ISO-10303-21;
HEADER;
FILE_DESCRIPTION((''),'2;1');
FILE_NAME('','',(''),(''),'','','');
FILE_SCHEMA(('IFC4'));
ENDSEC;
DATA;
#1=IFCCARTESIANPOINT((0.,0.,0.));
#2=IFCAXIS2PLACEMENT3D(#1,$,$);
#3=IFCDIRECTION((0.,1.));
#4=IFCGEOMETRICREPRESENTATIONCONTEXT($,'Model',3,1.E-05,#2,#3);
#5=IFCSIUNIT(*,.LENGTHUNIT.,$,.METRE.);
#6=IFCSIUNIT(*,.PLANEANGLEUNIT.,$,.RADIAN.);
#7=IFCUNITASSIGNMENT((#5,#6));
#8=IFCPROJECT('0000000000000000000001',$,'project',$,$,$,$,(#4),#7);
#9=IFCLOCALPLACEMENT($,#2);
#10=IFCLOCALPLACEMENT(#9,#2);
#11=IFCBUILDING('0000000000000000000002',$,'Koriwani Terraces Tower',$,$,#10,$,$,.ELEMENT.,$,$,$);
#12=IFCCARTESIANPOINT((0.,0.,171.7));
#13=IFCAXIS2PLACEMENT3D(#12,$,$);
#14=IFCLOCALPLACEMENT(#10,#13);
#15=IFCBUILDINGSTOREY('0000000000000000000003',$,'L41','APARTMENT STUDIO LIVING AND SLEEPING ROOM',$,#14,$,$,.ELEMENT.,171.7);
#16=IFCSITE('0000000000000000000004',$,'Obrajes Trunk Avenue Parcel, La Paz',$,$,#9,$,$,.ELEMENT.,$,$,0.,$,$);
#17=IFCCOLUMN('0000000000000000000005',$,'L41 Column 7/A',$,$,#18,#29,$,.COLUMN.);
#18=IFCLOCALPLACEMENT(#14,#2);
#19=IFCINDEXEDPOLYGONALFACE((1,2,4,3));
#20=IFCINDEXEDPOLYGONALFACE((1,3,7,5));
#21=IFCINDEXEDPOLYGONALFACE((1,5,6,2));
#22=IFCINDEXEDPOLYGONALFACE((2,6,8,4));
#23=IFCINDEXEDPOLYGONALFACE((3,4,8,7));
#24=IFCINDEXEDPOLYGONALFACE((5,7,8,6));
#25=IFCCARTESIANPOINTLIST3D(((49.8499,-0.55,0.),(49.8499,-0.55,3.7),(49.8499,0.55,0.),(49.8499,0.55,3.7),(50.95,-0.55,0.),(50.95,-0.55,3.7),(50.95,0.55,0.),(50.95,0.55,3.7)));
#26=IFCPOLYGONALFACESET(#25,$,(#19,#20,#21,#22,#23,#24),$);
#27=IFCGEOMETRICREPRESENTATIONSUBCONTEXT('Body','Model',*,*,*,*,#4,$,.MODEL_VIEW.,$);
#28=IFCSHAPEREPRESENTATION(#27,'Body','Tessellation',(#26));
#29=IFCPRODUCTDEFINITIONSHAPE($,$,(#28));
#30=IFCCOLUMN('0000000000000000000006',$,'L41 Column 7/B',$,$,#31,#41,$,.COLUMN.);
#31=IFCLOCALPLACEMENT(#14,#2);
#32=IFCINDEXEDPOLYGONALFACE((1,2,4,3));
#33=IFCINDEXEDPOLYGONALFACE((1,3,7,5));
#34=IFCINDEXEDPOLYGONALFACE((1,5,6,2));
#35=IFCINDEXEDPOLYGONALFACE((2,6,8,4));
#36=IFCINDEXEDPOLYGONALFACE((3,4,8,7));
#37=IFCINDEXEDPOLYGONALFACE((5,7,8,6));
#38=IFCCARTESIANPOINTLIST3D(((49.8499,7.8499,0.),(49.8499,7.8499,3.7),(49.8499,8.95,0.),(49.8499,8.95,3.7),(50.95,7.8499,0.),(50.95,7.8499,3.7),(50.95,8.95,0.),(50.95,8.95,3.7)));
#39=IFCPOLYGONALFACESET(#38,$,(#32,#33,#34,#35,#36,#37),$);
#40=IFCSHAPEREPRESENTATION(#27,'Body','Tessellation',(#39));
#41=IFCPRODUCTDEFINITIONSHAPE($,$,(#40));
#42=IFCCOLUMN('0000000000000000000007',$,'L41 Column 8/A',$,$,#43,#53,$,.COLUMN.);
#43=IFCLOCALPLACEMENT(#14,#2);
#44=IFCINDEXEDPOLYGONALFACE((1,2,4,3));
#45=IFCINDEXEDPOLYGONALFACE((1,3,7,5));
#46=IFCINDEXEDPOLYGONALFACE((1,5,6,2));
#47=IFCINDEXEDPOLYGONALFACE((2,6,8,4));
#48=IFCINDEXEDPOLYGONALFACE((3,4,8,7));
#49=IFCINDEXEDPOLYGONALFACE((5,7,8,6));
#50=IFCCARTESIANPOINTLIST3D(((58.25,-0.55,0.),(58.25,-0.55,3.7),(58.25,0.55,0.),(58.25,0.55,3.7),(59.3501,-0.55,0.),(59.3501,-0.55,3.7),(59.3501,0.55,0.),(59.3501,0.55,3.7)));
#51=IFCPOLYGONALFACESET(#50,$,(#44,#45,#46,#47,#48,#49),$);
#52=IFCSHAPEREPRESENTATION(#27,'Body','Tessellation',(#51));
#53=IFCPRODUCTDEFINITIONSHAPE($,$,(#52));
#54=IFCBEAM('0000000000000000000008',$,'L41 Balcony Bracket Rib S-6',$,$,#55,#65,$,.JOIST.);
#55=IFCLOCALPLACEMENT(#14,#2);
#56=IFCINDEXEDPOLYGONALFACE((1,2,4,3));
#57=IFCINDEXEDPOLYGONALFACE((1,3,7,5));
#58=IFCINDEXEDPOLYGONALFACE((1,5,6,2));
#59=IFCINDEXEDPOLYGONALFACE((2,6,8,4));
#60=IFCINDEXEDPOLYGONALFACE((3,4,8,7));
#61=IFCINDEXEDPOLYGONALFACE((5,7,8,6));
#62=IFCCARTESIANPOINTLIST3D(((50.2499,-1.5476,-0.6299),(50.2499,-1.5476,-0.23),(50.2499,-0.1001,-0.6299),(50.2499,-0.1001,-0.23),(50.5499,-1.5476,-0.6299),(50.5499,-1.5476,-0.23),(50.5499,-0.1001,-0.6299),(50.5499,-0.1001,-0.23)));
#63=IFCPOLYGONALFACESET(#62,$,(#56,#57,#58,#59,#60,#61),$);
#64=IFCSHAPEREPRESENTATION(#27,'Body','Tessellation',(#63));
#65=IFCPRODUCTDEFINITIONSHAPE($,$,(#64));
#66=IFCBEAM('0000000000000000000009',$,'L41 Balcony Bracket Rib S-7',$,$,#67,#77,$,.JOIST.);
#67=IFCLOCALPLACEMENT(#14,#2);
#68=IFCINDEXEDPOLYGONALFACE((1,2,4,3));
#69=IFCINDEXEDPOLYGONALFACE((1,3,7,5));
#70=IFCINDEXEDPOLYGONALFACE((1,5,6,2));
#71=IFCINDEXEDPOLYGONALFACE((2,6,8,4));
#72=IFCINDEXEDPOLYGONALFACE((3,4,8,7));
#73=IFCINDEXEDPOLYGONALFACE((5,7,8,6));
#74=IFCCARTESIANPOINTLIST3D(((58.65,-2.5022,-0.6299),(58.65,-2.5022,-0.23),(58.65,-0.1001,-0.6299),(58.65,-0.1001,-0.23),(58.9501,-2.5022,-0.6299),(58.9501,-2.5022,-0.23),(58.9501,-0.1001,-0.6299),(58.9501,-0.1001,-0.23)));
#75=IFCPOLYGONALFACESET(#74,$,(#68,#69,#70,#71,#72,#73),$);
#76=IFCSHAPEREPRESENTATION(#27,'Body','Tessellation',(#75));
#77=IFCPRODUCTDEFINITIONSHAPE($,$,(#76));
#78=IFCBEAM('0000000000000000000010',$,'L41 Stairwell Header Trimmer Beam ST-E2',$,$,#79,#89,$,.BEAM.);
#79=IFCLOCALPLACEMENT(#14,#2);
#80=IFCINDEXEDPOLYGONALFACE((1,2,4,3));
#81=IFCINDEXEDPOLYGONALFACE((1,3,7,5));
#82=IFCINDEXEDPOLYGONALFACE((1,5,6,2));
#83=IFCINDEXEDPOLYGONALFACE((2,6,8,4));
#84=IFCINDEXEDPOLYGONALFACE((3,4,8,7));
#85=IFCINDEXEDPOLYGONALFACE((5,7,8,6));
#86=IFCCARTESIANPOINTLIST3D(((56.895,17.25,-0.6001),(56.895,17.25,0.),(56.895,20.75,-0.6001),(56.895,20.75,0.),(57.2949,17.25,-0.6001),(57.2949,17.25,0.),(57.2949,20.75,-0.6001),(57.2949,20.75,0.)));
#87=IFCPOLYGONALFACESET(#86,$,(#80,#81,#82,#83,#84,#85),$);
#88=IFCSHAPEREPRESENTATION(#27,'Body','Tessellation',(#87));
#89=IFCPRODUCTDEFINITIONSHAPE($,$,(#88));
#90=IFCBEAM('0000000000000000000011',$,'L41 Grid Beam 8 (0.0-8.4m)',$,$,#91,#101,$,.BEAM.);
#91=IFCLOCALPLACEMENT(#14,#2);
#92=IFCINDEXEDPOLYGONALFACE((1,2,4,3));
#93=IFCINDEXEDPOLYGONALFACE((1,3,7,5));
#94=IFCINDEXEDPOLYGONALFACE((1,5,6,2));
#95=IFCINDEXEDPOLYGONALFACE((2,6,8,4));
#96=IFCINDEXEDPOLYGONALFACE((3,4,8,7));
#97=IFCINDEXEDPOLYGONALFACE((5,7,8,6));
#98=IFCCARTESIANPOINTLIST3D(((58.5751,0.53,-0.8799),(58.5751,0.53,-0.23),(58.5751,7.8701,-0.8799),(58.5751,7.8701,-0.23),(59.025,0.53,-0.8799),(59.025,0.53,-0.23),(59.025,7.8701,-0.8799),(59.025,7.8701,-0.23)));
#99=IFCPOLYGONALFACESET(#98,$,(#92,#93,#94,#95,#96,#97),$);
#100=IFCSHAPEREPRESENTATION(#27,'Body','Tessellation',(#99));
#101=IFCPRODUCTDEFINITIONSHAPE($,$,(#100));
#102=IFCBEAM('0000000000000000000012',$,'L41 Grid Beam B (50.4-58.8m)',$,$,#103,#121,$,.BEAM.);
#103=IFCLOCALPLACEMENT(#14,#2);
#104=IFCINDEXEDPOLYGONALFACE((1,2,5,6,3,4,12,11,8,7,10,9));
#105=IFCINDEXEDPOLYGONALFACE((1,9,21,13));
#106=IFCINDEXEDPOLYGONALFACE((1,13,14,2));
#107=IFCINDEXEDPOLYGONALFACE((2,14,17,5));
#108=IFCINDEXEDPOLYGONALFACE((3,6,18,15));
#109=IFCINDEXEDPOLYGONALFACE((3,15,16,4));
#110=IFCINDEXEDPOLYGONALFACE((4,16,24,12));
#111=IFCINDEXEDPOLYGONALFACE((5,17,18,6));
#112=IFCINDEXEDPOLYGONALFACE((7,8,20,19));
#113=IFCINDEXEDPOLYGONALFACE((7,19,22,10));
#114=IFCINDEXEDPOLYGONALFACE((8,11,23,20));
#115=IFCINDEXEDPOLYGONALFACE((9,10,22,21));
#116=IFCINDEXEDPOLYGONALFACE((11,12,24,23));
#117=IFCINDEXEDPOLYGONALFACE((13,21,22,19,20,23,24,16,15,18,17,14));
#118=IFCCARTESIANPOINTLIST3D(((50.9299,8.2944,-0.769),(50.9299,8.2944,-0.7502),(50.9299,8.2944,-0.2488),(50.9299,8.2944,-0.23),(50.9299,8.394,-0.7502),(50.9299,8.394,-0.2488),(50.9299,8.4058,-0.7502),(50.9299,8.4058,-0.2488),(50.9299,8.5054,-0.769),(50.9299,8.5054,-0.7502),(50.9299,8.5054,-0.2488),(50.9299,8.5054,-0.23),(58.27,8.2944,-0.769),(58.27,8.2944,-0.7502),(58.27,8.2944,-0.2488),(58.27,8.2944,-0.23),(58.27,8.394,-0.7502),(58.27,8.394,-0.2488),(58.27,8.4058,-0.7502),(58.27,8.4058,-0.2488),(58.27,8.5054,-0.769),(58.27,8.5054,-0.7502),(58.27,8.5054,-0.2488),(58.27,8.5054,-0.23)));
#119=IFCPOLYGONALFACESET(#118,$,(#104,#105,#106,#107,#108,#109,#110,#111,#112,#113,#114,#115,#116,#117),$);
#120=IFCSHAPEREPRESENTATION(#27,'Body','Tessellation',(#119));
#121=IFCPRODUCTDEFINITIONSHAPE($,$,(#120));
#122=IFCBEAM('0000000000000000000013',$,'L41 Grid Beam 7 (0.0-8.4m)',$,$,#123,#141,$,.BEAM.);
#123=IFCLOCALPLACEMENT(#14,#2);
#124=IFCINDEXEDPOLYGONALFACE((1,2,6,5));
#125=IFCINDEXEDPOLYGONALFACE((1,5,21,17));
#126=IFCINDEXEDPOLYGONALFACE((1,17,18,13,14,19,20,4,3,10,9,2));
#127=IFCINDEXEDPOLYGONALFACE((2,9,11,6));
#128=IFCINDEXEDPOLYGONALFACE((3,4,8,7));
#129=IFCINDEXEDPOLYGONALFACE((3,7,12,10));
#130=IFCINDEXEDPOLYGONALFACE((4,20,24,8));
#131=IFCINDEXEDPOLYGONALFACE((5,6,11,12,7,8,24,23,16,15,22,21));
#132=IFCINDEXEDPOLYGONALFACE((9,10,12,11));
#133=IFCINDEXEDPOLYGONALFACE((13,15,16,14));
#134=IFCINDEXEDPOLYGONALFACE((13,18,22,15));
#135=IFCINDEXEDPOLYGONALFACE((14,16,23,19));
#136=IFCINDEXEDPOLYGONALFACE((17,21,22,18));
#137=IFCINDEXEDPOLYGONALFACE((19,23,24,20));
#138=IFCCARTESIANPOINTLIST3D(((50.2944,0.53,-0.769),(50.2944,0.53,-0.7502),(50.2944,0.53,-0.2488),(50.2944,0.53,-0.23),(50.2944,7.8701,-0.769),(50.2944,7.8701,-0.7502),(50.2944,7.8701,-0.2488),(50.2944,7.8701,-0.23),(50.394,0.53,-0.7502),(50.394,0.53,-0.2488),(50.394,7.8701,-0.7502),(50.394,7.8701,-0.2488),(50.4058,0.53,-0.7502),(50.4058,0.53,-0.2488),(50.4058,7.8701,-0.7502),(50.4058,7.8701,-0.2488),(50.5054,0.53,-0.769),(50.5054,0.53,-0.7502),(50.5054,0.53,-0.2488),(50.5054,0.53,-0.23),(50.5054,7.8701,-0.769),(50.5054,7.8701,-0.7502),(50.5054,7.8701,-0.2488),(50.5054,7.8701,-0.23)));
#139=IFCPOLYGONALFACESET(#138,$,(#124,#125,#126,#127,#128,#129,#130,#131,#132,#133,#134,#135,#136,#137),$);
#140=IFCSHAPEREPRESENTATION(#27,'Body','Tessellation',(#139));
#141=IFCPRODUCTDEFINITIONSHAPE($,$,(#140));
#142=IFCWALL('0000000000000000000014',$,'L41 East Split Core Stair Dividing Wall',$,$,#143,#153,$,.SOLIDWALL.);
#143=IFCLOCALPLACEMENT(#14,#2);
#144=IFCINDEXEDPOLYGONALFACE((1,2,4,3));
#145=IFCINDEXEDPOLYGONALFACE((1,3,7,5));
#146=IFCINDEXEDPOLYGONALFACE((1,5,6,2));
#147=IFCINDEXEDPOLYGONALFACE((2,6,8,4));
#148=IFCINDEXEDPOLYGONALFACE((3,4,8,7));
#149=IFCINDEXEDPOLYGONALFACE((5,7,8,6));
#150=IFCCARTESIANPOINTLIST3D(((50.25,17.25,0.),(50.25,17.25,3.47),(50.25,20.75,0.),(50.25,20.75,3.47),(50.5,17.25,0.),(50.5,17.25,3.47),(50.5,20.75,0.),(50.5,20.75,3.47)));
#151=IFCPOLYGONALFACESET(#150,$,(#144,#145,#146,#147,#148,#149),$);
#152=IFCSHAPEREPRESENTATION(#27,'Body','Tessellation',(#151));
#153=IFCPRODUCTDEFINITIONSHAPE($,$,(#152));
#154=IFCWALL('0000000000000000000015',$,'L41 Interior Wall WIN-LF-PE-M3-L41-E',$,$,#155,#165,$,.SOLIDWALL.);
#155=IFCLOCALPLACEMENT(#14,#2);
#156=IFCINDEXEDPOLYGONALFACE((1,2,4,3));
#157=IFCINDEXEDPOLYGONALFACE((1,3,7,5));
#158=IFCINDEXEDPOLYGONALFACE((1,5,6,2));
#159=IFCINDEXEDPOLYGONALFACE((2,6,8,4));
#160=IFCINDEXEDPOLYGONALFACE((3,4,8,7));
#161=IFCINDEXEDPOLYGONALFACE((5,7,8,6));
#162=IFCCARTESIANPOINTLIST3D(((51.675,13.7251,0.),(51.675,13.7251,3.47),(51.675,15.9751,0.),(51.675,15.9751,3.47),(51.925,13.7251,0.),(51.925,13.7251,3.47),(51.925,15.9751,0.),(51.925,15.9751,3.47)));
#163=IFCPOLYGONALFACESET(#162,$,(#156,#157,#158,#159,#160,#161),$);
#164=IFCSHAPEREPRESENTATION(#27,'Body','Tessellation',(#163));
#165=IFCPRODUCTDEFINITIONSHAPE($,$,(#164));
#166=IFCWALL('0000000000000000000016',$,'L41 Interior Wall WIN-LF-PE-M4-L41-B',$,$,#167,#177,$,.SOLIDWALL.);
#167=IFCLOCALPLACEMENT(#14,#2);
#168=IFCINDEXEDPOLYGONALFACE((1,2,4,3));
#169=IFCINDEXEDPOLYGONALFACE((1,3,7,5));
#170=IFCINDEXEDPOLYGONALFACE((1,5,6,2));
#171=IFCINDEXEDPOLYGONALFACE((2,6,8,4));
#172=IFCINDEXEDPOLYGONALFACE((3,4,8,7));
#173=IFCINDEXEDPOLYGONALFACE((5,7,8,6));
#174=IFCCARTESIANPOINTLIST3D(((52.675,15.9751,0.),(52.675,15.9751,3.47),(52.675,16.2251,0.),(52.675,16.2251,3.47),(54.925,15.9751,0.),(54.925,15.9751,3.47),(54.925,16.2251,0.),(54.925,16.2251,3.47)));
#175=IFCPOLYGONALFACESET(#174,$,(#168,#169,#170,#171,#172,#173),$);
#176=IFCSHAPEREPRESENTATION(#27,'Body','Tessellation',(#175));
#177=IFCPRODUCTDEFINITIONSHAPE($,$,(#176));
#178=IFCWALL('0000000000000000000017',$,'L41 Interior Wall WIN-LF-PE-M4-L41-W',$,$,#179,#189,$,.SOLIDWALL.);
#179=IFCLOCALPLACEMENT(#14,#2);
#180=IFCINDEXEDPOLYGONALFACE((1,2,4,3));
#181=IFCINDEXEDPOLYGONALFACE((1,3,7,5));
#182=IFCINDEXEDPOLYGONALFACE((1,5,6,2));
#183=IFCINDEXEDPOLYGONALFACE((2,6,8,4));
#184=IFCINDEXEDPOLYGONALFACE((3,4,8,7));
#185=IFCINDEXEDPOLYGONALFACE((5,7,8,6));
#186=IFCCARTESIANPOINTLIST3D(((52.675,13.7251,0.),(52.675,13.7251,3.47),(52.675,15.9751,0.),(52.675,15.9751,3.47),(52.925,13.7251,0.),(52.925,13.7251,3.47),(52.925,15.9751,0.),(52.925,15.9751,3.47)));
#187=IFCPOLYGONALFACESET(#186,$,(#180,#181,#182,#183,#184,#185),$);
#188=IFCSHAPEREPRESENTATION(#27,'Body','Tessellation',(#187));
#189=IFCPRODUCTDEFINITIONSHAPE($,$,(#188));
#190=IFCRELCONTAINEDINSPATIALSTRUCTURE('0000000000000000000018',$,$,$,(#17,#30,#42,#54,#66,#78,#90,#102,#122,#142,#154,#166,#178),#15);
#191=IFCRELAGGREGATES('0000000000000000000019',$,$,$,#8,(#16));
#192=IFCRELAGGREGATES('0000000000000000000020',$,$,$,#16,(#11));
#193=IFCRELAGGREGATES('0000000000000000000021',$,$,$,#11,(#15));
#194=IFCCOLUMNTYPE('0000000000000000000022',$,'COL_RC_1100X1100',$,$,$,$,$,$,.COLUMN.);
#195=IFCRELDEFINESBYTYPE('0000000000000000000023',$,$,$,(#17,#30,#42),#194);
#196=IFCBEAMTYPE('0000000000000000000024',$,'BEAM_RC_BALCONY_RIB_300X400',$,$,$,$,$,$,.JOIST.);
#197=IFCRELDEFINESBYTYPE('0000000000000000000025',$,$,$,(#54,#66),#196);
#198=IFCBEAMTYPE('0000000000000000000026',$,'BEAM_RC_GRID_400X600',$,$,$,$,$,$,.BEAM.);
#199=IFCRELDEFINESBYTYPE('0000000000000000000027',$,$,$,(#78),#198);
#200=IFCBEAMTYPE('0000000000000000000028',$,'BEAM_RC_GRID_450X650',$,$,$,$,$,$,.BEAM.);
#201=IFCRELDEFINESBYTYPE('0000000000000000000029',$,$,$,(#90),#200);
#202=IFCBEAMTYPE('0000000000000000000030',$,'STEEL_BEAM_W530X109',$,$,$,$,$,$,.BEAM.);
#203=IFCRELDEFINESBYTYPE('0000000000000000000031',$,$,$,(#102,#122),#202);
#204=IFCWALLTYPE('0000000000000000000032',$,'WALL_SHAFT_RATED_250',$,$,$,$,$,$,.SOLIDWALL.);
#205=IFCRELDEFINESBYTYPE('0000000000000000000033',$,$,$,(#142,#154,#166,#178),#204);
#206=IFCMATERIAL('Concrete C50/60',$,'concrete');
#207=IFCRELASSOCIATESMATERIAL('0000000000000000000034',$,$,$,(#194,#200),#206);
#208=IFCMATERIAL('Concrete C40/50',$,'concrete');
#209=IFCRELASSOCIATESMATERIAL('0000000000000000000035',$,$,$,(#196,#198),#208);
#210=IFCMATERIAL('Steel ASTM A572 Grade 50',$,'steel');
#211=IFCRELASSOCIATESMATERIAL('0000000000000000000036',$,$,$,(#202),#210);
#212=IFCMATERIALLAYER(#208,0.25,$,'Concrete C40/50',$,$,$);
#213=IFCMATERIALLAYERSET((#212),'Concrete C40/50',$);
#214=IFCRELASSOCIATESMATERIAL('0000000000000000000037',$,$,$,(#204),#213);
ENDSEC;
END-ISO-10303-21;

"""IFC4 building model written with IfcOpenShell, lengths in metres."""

from ifc_helpers import new_model, si_unit, direction, frame, frame_2d, origin, origin_2d, place, context, subcontext, project, spatial, rectangle, i_section, extrude, material, layer, layer_set, material_profile, profile_set, type_object, element, save


model = new_model("IFC4")

# Units and contexts
model_context = context("Model", 3, precision=1e-05, world=origin(), true_north=direction((0.0, 1.0)))
body_context = subcontext(model_context, "Body", "Model", "MODEL_VIEW")
ifc_project = project(units=[si_unit("LENGTHUNIT", "METRE"), si_unit("PLANEANGLEUNIT", "RADIAN")], contexts=[model_context])

# Site, building, storey
site_placement = place(None, origin())
site = spatial("IfcSite", under=ifc_project, at=site_placement, Name="Obrajes Trunk Avenue Parcel, La Paz", CompositionType="ELEMENT", RefElevation=0.0)
building_placement = place(site_placement, origin())
building = spatial("IfcBuilding", under=site, at=building_placement, Name="Koriwani Terraces Tower", CompositionType="ELEMENT")
storey_placement = place(building_placement, frame((0.0, 0.0, 171.7)))
storey = spatial("IfcBuildingStorey", under=building, at=storey_placement, Name="L41", Description="APARTMENT STUDIO LIVING AND SLEEPING ROOM", CompositionType="ELEMENT", Elevation=171.7)

# Columns
ifc_material_1 = material(Name="Concrete C50/60", Category="concrete")
ifc_material_profile_1 = material_profile(ifc_material_1, rectangle(XDim=1.1001, YDim=1.1001, at=origin_2d()), Name="Concrete C50/60", Category="LoadBearing")
ifc_profile_set_1 = profile_set([ifc_material_profile_1], Name="Concrete C50/60")
column_type = type_object("IfcColumnType", Name="COL_RC_1100X1100", PredefinedType="COLUMN", material=ifc_profile_set_1)
for number, where, z_axis, x_axis, name in (
    (1, (50.3999, 0.0, 0.0), (0.0, 0.0, 1.0), (1.0, 0.0, 0.0), "L41 Column 7/A"),
    (2, (50.3999, 8.3999, 0.0), (0.0, 0.0, 1.0), (1.0, 0.0, 0.0), "L41 Column 7/B"),
    (3, (58.8, 0.0, 0.0), (0.0, 0.0, 1.0), (1.0, 0.0, 0.0), "L41 Column 8/A"),
):
    element("IfcColumn", number, at=place(storey_placement, frame(where, z_axis=z_axis, x_axis=x_axis)), inside=storey, type_object=column_type, Name=name, PredefinedType="COLUMN", context=body_context, shape_type="SweptSolid", body=[
        extrude(rectangle(XDim=1.1001, YDim=1.1001, at=origin_2d()), origin(), (0.0, 0.0, 1.0), 3.7),
    ])

# Beams
ifc_material_2 = material(Name="Concrete C40/50", Category="concrete")
ifc_material_profile_2 = material_profile(ifc_material_2, rectangle(XDim=0.3, YDim=0.3999, at=origin_2d()), Name="Concrete C40/50", Category="LoadBearing")
ifc_profile_set_2 = profile_set([ifc_material_profile_2], Name="Concrete C40/50")
beam_type_1 = type_object("IfcBeamType", Name="BEAM_RC_BALCONY_RIB_300X400", PredefinedType="JOIST", material=ifc_profile_set_2)
beam_1_placement = place(storey_placement, frame((50.3999, -1.5476, -0.4299), z_axis=(0.0, 1.0, 0.0), x_axis=(-1.0, 0.0, 0.0)))
element("IfcBeam", 4, at=beam_1_placement, inside=storey, type_object=beam_type_1, Name="L41 Balcony Bracket Rib S-6", PredefinedType="JOIST", context=body_context, shape_type="SweptSolid", body=[
    extrude(rectangle(XDim=0.3, YDim=0.3999, at=origin_2d()), origin(), (0.0, 0.0, 1.0), 1.4475),
])
beam_2_placement = place(storey_placement, frame((58.8, -2.5022, -0.4299), z_axis=(0.0, 1.0, 0.0), x_axis=(-1.0, 0.0, 0.0)))
element("IfcBeam", 5, at=beam_2_placement, inside=storey, type_object=beam_type_1, Name="L41 Balcony Bracket Rib S-7", PredefinedType="JOIST", context=body_context, shape_type="SweptSolid", body=[
    extrude(rectangle(XDim=0.3, YDim=0.3999, at=origin_2d()), origin(), (0.0, 0.0, 1.0), 2.4021),
])
ifc_material_profile_3 = material_profile(ifc_material_2, rectangle(XDim=0.3999, YDim=0.6001, at=origin_2d()), Name="Concrete C40/50", Category="LoadBearing")
ifc_profile_set_3 = profile_set([ifc_material_profile_3], Name="Concrete C40/50")
beam_type_2 = type_object("IfcBeamType", Name="BEAM_RC_GRID_400X600", PredefinedType="BEAM", material=ifc_profile_set_3)
beam_3_placement = place(storey_placement, frame((57.095, 17.25, -0.3), z_axis=(0.0, 1.0, 0.0), x_axis=(-1.0, 0.0, 0.0)))
element("IfcBeam", 6, at=beam_3_placement, inside=storey, type_object=beam_type_2, Name="L41 Stairwell Header Trimmer Beam ST-E2", PredefinedType="BEAM", context=body_context, shape_type="SweptSolid", body=[
    extrude(rectangle(XDim=0.3999, YDim=0.6001, at=origin_2d()), origin(), (0.0, 0.0, 1.0), 3.5),
])
ifc_material_profile_4 = material_profile(ifc_material_1, rectangle(XDim=0.45, YDim=0.6499, at=origin_2d()), Name="Concrete C50/60", Category="LoadBearing")
ifc_profile_set_4 = profile_set([ifc_material_profile_4], Name="Concrete C50/60")
beam_type_3 = type_object("IfcBeamType", Name="BEAM_RC_GRID_450X650", PredefinedType="BEAM", material=ifc_profile_set_4)
beam_4_placement = place(storey_placement, frame((58.8, 0.53, -0.5549), z_axis=(0.0, 1.0, 0.0), x_axis=(-1.0, 0.0, 0.0)))
element("IfcBeam", 7, at=beam_4_placement, inside=storey, type_object=beam_type_3, Name="L41 Grid Beam 8 (0.0-8.4m)", PredefinedType="BEAM", context=body_context, shape_type="SweptSolid", body=[
    extrude(rectangle(XDim=0.45, YDim=0.6499, at=origin_2d()), origin(), (0.0, 0.0, 1.0), 7.3401),
])
ifc_material_3 = material(Name="Steel ASTM A572 Grade 50", Category="steel")
ifc_material_profile_5 = material_profile(ifc_material_3, i_section(OverallWidth=0.2109, OverallDepth=0.5391, WebThickness=0.0117, FlangeThickness=0.0188, at=origin_2d()), Name="Steel ASTM A572 Grade 50", Category="LoadBearing")
ifc_profile_set_5 = profile_set([ifc_material_profile_5], Name="Steel ASTM A572 Grade 50")
beam_type_4 = type_object("IfcBeamType", Name="STEEL_BEAM_W530X109", PredefinedType="BEAM", material=ifc_profile_set_5)
for number, where, z_axis, x_axis, name in (
    (8, (50.9299, 8.3999, -0.4995), (1.0, 0.0, 0.0), (0.0, 1.0, 0.0), "L41 Grid Beam B (50.4-58.8m)"),
    (9, (50.3999, 0.53, -0.4995), (0.0, 1.0, 0.0), (-1.0, 0.0, 0.0), "L41 Grid Beam 7 (0.0-8.4m)"),
):
    element("IfcBeam", number, at=place(storey_placement, frame(where, z_axis=z_axis, x_axis=x_axis)), inside=storey, type_object=beam_type_4, Name=name, PredefinedType="BEAM", context=body_context, shape_type="SweptSolid", body=[
        extrude(i_section(OverallWidth=0.2109, OverallDepth=0.5391, WebThickness=0.0117, FlangeThickness=0.0188, at=origin_2d()), origin(), (0.0, 0.0, 1.0), 7.3401),
    ])

# Wall
ifc_layer = layer(ifc_material_2, 0.25, Name="Concrete C40/50")
ifc_layer_set = layer_set([ifc_layer], Name="Concrete C40/50")
wall_type = type_object("IfcWallType", Name="WALL_SHAFT_RATED_250", PredefinedType="SOLIDWALL", material=ifc_layer_set)
wall_1_placement = place(storey_placement, frame((50.375, 17.25, 0.0), z_axis=(0.0, 0.0, 1.0), x_axis=(0.0, 1.0, 0.0)))
element("IfcWall", 10, at=wall_1_placement, inside=storey, type_object=wall_type, Name="L41 East Split Core Stair Dividing Wall", PredefinedType="SOLIDWALL", context=body_context, shape_type="SweptSolid", body=[
    extrude(rectangle(XDim=3.5, YDim=0.25, at=frame_2d((1.75, 0.0))), origin(), (0.0, 0.0, 1.0), 3.47),
])

# Wall
wall_2_placement = place(storey_placement, frame((51.8, 13.7251, 0.0), z_axis=(0.0, 0.0, 1.0), x_axis=(0.0, 1.0, 0.0)))
element("IfcWall", 11, at=wall_2_placement, inside=storey, type_object=wall_type, Name="L41 Interior Wall WIN-LF-PE-M3-L41-E", PredefinedType="SOLIDWALL", context=body_context, shape_type="SweptSolid", body=[
    extrude(rectangle(XDim=2.25, YDim=0.25, at=frame_2d((1.125, 0.0))), origin(), (0.0, 0.0, 1.0), 3.47),
])

# Walls
for number, where, z_axis, x_axis, name in (
    (12, (52.675, 16.1001, 0.0), (0.0, 0.0, 1.0), (1.0, 0.0, 0.0), "L41 Interior Wall WIN-LF-PE-M4-L41-B"),
    (13, (52.8, 13.7251, 0.0), (0.0, 0.0, 1.0), (0.0, 1.0, 0.0), "L41 Interior Wall WIN-LF-PE-M4-L41-W"),
):
    element("IfcWall", number, at=place(storey_placement, frame(where, z_axis=z_axis, x_axis=x_axis)), inside=storey, type_object=wall_type, Name=name, PredefinedType="SOLIDWALL", context=body_context, shape_type="SweptSolid", body=[
        extrude(rectangle(XDim=2.25, YDim=0.25, at=frame_2d((1.125, 0.0))), origin(), (0.0, 0.0, 1.0), 3.47),
    ])

save(model, "model.ifc")
